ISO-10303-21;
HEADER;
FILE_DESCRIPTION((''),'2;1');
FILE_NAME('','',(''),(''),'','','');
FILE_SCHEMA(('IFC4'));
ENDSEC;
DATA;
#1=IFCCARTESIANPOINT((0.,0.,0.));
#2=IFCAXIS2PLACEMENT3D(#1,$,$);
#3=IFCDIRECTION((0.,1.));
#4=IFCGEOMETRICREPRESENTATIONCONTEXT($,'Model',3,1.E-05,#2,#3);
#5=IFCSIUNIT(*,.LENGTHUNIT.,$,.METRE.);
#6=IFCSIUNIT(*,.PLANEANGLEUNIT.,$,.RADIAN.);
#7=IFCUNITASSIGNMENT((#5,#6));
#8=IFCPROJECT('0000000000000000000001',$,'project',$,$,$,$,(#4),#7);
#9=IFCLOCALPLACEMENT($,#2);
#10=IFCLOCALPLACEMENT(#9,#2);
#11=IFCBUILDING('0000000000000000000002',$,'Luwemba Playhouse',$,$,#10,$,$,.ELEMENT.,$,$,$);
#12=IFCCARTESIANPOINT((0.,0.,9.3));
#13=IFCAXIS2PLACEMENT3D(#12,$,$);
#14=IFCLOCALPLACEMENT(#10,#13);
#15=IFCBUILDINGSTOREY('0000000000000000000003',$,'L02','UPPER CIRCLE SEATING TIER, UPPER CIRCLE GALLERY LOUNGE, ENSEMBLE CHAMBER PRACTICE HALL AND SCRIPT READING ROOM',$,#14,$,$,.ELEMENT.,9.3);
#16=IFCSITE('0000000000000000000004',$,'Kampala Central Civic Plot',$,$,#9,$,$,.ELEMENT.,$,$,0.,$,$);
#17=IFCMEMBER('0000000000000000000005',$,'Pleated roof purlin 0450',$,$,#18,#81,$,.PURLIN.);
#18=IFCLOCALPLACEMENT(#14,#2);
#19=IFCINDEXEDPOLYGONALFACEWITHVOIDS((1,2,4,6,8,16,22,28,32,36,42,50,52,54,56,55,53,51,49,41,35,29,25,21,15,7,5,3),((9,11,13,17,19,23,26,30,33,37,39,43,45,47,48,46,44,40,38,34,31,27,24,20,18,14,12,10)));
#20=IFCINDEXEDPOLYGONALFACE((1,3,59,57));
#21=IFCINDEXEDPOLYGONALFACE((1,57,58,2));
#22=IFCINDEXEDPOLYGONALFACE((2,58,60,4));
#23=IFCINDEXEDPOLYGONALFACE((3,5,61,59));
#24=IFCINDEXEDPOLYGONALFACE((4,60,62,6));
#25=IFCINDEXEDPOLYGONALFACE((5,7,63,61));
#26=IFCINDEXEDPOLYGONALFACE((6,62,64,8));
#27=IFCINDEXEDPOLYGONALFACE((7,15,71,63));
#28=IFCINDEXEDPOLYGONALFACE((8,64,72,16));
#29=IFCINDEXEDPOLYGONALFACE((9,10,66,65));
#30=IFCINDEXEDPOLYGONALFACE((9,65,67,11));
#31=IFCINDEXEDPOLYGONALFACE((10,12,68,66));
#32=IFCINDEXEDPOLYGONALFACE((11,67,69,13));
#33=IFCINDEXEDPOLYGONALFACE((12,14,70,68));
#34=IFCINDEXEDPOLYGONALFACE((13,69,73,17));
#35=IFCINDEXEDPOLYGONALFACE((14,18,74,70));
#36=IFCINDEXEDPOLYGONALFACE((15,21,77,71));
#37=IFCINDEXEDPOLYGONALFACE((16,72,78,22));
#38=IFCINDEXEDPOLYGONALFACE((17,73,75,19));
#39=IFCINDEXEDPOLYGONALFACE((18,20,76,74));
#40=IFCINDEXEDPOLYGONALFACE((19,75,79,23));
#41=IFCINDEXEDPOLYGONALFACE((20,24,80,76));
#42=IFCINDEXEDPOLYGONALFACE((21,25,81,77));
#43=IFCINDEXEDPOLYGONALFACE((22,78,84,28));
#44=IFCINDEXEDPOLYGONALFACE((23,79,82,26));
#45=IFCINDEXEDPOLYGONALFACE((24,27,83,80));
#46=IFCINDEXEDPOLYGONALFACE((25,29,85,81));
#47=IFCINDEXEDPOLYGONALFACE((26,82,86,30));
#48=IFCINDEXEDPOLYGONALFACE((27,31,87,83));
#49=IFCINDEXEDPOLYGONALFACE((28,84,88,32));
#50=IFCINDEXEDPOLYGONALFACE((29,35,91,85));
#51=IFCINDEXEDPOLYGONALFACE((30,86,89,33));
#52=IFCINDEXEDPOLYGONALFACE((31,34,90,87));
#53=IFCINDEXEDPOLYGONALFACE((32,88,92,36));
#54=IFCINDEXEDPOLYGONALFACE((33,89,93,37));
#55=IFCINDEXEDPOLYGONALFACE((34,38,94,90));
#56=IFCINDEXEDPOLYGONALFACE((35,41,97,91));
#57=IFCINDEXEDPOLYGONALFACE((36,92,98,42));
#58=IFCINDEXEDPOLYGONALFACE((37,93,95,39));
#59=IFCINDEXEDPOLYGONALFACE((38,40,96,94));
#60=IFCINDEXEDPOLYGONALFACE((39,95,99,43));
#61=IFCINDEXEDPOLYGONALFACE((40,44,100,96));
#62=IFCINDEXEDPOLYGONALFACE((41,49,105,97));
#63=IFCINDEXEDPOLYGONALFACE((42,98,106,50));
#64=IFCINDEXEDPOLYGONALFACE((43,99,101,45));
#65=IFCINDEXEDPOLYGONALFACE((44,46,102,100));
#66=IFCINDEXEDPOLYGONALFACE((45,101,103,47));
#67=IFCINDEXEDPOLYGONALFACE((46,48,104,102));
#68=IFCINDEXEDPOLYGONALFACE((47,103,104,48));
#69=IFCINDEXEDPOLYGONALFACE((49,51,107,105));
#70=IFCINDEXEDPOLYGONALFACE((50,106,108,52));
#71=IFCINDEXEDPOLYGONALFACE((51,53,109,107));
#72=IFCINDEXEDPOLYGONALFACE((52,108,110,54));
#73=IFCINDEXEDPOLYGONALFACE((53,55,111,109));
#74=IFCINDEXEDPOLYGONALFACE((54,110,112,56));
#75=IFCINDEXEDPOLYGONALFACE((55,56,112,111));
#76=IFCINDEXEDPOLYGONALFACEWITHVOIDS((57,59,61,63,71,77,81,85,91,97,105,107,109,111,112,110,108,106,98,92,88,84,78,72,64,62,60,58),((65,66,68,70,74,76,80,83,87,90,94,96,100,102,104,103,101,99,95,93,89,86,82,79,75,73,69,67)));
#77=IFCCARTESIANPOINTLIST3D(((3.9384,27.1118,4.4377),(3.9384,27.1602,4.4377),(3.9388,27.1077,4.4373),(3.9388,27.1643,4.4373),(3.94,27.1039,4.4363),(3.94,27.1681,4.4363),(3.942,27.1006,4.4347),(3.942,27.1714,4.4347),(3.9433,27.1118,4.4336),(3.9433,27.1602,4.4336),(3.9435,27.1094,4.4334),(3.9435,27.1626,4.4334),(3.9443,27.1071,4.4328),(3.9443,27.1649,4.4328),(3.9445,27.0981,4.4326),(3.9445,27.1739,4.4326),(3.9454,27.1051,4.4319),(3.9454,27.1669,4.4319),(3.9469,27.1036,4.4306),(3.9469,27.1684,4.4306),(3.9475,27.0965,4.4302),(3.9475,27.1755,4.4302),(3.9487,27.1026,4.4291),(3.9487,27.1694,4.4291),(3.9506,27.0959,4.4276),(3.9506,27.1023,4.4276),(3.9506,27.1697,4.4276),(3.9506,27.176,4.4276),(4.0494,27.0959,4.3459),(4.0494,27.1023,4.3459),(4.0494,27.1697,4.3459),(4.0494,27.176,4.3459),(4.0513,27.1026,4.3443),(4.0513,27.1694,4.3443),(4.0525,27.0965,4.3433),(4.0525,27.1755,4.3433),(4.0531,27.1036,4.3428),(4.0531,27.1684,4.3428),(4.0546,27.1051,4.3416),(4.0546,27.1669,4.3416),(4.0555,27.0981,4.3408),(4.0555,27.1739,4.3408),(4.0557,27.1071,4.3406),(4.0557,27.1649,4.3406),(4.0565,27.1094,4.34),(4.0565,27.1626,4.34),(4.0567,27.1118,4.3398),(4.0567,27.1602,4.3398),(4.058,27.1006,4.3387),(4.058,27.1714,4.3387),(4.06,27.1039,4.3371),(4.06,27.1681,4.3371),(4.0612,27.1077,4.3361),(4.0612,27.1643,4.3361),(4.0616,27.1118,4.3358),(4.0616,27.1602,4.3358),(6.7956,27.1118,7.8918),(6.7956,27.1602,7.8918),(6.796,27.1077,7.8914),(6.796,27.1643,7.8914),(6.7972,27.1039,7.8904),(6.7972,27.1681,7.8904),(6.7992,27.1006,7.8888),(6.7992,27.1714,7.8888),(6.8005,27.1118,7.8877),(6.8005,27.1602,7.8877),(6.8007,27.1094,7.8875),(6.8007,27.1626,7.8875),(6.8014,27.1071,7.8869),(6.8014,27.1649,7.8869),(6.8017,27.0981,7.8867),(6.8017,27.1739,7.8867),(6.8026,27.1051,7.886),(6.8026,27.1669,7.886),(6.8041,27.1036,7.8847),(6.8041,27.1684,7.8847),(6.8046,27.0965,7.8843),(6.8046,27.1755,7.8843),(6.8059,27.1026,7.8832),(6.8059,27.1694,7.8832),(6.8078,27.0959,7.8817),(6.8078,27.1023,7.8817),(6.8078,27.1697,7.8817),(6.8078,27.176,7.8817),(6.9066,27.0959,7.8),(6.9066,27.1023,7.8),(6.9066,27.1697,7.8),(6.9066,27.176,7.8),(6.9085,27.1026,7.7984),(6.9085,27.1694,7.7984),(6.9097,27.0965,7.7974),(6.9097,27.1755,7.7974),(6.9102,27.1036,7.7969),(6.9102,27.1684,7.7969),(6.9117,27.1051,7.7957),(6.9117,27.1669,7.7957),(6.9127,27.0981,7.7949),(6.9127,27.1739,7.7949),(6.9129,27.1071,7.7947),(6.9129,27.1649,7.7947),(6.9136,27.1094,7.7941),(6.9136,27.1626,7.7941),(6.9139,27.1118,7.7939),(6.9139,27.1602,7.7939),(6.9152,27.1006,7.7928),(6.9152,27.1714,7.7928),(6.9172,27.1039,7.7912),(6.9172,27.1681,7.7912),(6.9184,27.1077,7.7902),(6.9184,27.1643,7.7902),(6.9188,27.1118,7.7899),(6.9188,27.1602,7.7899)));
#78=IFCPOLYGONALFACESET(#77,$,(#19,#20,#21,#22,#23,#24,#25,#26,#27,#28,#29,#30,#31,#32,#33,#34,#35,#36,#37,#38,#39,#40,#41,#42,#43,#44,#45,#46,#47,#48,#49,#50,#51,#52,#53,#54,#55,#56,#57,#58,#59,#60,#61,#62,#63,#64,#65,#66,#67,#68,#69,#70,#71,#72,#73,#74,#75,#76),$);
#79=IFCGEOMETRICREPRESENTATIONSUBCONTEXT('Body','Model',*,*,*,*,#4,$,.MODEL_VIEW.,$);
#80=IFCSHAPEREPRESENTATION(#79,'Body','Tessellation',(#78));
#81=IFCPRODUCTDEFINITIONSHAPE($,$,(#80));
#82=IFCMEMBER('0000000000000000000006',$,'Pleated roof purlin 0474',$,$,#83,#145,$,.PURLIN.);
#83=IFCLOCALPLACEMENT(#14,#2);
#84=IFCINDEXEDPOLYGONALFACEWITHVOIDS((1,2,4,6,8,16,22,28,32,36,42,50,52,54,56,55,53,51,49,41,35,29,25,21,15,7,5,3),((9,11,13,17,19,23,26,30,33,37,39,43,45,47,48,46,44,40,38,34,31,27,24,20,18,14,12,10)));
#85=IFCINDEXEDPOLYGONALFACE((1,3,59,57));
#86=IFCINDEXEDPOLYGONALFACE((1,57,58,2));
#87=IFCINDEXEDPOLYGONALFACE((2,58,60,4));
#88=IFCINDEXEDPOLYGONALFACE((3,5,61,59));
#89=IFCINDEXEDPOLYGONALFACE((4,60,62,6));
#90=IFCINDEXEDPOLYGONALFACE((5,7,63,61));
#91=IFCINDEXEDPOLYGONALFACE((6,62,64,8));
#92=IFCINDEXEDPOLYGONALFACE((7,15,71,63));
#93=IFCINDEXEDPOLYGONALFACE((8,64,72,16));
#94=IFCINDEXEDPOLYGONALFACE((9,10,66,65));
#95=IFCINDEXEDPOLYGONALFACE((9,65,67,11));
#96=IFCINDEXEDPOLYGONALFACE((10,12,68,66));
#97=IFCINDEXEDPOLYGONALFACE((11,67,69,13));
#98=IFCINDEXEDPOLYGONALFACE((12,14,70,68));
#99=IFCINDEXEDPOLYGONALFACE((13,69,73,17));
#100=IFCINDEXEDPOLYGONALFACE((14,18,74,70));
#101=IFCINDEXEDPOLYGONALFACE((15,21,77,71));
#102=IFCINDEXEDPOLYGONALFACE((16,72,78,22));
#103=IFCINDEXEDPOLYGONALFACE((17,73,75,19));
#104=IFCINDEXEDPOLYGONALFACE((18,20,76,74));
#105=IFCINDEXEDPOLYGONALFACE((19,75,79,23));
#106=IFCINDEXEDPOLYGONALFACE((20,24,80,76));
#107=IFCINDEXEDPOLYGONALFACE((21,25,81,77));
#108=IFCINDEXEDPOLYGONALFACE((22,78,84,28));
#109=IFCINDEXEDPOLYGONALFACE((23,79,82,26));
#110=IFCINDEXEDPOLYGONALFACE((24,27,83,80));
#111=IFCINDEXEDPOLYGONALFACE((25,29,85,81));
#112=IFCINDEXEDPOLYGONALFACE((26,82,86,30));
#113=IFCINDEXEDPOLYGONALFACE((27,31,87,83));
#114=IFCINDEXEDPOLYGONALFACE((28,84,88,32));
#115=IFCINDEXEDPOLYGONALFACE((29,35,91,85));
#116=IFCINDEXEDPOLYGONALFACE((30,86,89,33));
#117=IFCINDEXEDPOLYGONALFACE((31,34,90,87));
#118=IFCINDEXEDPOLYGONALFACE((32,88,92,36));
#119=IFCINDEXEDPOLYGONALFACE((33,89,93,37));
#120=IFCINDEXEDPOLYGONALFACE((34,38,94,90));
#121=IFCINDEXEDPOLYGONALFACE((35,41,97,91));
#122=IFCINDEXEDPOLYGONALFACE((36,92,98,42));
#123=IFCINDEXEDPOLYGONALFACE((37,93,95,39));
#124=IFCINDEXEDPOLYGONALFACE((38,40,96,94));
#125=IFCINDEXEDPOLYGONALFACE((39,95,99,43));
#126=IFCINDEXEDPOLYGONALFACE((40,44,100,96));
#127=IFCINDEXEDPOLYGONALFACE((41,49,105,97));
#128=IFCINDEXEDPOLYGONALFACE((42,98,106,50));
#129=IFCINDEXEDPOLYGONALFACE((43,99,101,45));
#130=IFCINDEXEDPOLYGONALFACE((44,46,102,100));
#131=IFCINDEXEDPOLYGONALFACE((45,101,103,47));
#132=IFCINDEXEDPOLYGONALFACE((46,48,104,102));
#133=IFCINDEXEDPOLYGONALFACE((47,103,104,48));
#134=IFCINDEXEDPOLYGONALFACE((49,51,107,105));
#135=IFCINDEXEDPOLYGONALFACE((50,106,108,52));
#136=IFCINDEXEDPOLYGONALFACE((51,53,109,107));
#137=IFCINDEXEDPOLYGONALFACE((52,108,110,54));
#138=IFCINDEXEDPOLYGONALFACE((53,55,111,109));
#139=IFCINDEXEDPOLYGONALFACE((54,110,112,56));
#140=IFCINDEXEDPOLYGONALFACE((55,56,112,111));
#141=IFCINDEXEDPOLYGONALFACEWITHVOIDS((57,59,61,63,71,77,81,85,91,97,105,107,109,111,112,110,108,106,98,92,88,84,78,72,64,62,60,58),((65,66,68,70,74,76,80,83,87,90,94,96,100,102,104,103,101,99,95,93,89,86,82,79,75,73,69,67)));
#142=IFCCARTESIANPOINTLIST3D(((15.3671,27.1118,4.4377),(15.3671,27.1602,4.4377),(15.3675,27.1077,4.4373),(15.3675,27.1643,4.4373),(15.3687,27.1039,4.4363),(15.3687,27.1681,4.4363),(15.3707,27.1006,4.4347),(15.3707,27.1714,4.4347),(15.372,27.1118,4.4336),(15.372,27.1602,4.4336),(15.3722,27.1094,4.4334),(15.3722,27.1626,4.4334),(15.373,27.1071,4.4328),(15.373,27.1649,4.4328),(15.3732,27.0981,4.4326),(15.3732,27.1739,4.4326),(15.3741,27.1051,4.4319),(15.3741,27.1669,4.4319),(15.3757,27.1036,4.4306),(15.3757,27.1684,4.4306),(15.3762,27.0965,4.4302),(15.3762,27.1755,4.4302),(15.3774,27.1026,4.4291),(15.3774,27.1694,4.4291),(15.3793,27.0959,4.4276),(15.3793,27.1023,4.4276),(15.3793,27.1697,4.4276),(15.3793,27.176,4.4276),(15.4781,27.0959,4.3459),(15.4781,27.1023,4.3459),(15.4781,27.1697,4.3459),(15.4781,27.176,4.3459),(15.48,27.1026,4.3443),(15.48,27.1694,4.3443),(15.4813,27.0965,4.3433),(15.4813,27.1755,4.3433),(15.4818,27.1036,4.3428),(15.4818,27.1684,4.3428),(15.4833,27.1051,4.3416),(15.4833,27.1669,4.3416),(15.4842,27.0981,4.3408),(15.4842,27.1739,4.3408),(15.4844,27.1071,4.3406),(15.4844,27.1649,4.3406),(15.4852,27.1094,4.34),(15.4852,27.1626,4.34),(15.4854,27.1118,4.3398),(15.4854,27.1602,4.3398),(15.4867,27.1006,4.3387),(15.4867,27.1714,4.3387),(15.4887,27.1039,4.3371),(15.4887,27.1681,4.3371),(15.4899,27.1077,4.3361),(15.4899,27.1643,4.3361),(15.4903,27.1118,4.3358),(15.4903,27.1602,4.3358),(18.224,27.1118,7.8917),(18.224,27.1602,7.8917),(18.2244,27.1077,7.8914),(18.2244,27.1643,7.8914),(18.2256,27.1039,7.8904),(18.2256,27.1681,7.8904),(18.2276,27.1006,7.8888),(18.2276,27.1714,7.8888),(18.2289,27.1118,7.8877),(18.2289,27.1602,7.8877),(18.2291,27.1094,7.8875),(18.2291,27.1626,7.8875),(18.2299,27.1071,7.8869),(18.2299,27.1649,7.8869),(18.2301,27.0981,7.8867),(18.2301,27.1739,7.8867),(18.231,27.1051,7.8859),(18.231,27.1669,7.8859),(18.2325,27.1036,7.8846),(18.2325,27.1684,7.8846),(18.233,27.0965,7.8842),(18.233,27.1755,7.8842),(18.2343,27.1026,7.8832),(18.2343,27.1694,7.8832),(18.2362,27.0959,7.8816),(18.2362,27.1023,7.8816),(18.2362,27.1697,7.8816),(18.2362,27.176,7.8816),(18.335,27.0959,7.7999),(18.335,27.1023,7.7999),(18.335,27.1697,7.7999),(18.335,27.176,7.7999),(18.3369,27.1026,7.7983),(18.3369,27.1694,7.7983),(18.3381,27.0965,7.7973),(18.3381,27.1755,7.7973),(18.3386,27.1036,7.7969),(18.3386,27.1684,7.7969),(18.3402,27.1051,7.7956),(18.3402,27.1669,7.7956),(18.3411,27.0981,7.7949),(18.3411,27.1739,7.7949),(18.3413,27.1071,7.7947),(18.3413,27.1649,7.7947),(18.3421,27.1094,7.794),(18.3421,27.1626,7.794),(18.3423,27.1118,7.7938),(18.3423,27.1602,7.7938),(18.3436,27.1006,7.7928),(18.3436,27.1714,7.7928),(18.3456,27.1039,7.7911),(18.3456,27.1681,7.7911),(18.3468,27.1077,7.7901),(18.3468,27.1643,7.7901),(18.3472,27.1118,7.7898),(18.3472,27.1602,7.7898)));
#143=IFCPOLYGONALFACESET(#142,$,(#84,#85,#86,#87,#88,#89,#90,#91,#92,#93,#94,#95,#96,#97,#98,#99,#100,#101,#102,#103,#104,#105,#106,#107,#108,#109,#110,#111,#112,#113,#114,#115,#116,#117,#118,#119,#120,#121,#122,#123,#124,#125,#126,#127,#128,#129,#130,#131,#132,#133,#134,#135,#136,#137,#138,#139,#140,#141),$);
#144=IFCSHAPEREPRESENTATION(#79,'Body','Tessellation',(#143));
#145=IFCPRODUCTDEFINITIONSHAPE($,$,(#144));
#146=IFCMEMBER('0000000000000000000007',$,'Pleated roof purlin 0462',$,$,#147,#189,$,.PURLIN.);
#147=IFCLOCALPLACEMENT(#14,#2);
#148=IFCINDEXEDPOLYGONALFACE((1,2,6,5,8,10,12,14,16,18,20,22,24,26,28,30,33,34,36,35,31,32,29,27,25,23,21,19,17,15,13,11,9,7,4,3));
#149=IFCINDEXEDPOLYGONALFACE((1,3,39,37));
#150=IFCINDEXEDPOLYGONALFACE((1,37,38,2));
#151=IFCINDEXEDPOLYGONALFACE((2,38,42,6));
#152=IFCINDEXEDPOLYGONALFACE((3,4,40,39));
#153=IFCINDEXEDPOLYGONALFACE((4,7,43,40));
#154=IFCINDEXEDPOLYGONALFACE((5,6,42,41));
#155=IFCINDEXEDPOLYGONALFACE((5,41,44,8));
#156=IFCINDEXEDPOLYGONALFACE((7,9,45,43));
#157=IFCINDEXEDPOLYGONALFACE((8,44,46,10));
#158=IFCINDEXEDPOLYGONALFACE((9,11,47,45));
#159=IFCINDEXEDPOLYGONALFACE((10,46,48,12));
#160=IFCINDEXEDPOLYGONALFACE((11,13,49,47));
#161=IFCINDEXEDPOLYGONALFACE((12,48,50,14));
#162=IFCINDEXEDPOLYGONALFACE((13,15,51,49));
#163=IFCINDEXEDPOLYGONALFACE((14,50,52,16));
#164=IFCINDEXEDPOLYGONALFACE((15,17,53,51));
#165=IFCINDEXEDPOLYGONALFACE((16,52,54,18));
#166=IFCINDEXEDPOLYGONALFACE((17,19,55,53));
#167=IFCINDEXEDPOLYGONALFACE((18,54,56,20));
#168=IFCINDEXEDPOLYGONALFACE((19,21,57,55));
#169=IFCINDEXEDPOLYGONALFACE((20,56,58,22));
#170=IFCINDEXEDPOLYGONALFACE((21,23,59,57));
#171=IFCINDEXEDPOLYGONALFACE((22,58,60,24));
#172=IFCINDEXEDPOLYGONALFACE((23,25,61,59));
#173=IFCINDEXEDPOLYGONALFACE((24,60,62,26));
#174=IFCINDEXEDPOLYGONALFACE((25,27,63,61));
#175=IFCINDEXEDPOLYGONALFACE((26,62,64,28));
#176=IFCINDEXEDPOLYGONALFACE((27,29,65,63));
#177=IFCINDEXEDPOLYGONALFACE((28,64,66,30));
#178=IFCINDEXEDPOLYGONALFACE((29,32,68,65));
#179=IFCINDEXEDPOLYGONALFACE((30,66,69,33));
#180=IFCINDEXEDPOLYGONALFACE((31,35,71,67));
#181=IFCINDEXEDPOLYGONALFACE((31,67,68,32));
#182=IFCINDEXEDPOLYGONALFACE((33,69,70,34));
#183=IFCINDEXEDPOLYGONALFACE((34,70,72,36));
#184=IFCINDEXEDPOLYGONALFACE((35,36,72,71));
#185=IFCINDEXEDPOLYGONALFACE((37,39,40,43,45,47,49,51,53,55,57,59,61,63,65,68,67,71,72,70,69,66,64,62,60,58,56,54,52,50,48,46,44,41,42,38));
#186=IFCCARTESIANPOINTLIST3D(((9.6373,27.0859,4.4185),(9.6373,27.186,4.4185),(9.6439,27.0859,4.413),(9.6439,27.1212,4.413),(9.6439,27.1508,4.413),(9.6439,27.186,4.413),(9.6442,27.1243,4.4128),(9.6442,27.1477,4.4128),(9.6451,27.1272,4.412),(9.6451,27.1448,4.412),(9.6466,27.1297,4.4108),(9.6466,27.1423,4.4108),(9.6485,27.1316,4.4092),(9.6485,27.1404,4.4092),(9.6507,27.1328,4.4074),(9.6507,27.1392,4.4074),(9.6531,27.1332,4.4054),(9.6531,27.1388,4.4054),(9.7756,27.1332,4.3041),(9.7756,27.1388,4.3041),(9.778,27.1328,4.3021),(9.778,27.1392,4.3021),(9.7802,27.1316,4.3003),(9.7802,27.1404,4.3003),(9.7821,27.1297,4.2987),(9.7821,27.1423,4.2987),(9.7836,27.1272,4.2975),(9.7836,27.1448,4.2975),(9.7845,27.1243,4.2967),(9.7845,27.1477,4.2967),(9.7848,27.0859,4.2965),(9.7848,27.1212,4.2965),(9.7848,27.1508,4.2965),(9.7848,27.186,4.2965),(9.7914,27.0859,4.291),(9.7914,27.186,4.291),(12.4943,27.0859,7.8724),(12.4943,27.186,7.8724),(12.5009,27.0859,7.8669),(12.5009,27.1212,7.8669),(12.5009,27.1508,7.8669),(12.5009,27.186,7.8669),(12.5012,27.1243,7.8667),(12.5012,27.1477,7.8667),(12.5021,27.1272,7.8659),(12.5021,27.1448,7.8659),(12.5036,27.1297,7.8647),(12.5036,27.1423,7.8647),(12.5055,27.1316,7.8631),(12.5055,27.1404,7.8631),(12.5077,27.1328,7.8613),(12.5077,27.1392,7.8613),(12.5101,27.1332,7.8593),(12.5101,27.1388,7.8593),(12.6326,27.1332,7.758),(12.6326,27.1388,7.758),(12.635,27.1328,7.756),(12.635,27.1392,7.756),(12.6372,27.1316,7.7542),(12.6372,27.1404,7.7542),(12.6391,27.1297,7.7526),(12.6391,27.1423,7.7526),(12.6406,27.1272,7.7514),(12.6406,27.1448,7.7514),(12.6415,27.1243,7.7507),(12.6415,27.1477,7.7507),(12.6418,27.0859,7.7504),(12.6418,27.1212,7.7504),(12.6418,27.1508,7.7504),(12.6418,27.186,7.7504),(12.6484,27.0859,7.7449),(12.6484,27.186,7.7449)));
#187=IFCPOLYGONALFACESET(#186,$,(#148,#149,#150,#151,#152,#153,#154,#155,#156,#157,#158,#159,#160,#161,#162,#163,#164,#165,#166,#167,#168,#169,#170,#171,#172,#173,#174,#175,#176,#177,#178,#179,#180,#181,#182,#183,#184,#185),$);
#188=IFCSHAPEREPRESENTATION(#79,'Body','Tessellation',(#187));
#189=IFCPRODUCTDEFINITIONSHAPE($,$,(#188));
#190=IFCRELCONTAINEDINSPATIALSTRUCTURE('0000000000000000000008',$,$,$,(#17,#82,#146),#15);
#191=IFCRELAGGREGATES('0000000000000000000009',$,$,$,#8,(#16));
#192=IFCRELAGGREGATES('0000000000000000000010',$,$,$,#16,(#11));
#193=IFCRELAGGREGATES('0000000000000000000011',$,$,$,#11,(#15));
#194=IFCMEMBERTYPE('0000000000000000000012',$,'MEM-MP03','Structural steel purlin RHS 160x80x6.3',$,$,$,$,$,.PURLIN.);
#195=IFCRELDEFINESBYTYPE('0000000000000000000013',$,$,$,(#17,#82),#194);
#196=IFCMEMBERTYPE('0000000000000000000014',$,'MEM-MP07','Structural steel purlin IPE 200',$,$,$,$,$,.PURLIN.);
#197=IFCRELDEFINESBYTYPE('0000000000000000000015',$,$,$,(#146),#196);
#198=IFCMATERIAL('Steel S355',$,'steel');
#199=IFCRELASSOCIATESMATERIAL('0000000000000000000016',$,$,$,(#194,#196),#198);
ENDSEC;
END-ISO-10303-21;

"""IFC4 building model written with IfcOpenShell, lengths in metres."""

from ifc_helpers import new_model, si_unit, direction, frame, origin, origin_2d, place, context, subcontext, project, spatial, hollow_rectangle, i_section, extrude, material, material_profile, profile_set, type_object, element, save


model = new_model("IFC4")

# Units and contexts
model_context = context("Model", 3, precision=1e-05, world=origin(), true_north=direction((0.0, 1.0)))
body_context = subcontext(model_context, "Body", "Model", "MODEL_VIEW")
ifc_project = project(units=[si_unit("LENGTHUNIT", "METRE"), si_unit("PLANEANGLEUNIT", "RADIAN")], contexts=[model_context])

# Site, building, storey
site_placement = place(None, origin())
site = spatial("IfcSite", under=ifc_project, at=site_placement, Name="Kampala Central Civic Plot", CompositionType="ELEMENT", RefElevation=0.0)
building_placement = place(site_placement, origin())
building = spatial("IfcBuilding", under=site, at=building_placement, Name="Luwemba Playhouse", CompositionType="ELEMENT")
storey_placement = place(building_placement, frame((0.0, 0.0, 9.3)))
storey = spatial("IfcBuildingStorey", under=building, at=storey_placement, Name="L02", Description="UPPER CIRCLE SEATING TIER, UPPER CIRCLE GALLERY LOUNGE, ENSEMBLE CHAMBER PRACTICE HALL AND SCRIPT READING ROOM", CompositionType="ELEMENT", Elevation=9.3)

# Shared definitions
ifc_material_1 = material(Name="Steel S355", Category="steel")

# Members
ifc_material_profile_1 = material_profile(ifc_material_1, hollow_rectangle(XDim=0.0801, YDim=0.1599, WallThickness=0.0063, InnerFilletRadius=0.0095, OuterFilletRadius=0.0159, at=origin_2d()))
ifc_profile_set_1 = profile_set([ifc_material_profile_1], Name="Steel S355")
member_type_1 = type_object("IfcMemberType", Name="MEM-MP03", Description="Structural steel purlin RHS 160x80x6.3", PredefinedType="PURLIN", material=ifc_profile_set_1)
member_1_placement = place(storey_placement, frame((4.0, 27.136, 4.3867), z_axis=(0.637384, 0.0, 0.770547), x_axis=(0.0, 1.0, 0.0)))
element("IfcMember", 1, at=member_1_placement, inside=storey, type_object=member_type_1, Name="Pleated roof purlin 0450", PredefinedType="PURLIN", context=body_context, shape_type="SweptSolid", body=[
    extrude(hollow_rectangle(XDim=0.0801, YDim=0.1599, WallThickness=0.0063, InnerFilletRadius=0.0095, OuterFilletRadius=0.0159, at=origin_2d()), origin(), (0.0, 0.0, 1.0), 4.4827),
])
member_2_placement = place(storey_placement, frame((15.4287, 27.136, 4.3867), z_axis=(0.637351, 0.0, 0.770573), x_axis=(0.0, 1.0, 0.0)))
element("IfcMember", 2, at=member_2_placement, inside=storey, type_object=member_type_1, Name="Pleated roof purlin 0474", PredefinedType="PURLIN", context=body_context, shape_type="SweptSolid", body=[
    extrude(hollow_rectangle(XDim=0.0801, YDim=0.1599, WallThickness=0.0063, InnerFilletRadius=0.0095, OuterFilletRadius=0.0159, at=origin_2d()), origin(), (0.0, 0.0, 1.0), 4.4824),
])
ifc_material_profile_2 = material_profile(ifc_material_1, i_section(OverallWidth=0.1001, OverallDepth=0.2, WebThickness=0.0056, FlangeThickness=0.0085, FilletRadius=0.012, at=origin_2d()))
ifc_profile_set_2 = profile_set([ifc_material_profile_2], Name="Steel S355")
member_type_2 = type_object("IfcMemberType", Name="MEM-MP07", Description="Structural steel purlin IPE 200", PredefinedType="PURLIN", material=ifc_profile_set_2)
member_3_placement = place(storey_placement, frame((9.7144, 27.136, 4.3547), z_axis=(0.637378, 0.0, 0.770551), x_axis=(0.0, 1.0, 0.0)))
element("IfcMember", 3, at=member_3_placement, inside=storey, type_object=member_type_2, Name="Pleated roof purlin 0462", PredefinedType="PURLIN", context=body_context, shape_type="SweptSolid", body=[
    extrude(i_section(OverallWidth=0.1001, OverallDepth=0.2, WebThickness=0.0056, FlangeThickness=0.0085, FilletRadius=0.012, at=origin_2d()), origin(), (0.0, 0.0, 1.0), 4.4824),
])

save(model, "model.ifc")
